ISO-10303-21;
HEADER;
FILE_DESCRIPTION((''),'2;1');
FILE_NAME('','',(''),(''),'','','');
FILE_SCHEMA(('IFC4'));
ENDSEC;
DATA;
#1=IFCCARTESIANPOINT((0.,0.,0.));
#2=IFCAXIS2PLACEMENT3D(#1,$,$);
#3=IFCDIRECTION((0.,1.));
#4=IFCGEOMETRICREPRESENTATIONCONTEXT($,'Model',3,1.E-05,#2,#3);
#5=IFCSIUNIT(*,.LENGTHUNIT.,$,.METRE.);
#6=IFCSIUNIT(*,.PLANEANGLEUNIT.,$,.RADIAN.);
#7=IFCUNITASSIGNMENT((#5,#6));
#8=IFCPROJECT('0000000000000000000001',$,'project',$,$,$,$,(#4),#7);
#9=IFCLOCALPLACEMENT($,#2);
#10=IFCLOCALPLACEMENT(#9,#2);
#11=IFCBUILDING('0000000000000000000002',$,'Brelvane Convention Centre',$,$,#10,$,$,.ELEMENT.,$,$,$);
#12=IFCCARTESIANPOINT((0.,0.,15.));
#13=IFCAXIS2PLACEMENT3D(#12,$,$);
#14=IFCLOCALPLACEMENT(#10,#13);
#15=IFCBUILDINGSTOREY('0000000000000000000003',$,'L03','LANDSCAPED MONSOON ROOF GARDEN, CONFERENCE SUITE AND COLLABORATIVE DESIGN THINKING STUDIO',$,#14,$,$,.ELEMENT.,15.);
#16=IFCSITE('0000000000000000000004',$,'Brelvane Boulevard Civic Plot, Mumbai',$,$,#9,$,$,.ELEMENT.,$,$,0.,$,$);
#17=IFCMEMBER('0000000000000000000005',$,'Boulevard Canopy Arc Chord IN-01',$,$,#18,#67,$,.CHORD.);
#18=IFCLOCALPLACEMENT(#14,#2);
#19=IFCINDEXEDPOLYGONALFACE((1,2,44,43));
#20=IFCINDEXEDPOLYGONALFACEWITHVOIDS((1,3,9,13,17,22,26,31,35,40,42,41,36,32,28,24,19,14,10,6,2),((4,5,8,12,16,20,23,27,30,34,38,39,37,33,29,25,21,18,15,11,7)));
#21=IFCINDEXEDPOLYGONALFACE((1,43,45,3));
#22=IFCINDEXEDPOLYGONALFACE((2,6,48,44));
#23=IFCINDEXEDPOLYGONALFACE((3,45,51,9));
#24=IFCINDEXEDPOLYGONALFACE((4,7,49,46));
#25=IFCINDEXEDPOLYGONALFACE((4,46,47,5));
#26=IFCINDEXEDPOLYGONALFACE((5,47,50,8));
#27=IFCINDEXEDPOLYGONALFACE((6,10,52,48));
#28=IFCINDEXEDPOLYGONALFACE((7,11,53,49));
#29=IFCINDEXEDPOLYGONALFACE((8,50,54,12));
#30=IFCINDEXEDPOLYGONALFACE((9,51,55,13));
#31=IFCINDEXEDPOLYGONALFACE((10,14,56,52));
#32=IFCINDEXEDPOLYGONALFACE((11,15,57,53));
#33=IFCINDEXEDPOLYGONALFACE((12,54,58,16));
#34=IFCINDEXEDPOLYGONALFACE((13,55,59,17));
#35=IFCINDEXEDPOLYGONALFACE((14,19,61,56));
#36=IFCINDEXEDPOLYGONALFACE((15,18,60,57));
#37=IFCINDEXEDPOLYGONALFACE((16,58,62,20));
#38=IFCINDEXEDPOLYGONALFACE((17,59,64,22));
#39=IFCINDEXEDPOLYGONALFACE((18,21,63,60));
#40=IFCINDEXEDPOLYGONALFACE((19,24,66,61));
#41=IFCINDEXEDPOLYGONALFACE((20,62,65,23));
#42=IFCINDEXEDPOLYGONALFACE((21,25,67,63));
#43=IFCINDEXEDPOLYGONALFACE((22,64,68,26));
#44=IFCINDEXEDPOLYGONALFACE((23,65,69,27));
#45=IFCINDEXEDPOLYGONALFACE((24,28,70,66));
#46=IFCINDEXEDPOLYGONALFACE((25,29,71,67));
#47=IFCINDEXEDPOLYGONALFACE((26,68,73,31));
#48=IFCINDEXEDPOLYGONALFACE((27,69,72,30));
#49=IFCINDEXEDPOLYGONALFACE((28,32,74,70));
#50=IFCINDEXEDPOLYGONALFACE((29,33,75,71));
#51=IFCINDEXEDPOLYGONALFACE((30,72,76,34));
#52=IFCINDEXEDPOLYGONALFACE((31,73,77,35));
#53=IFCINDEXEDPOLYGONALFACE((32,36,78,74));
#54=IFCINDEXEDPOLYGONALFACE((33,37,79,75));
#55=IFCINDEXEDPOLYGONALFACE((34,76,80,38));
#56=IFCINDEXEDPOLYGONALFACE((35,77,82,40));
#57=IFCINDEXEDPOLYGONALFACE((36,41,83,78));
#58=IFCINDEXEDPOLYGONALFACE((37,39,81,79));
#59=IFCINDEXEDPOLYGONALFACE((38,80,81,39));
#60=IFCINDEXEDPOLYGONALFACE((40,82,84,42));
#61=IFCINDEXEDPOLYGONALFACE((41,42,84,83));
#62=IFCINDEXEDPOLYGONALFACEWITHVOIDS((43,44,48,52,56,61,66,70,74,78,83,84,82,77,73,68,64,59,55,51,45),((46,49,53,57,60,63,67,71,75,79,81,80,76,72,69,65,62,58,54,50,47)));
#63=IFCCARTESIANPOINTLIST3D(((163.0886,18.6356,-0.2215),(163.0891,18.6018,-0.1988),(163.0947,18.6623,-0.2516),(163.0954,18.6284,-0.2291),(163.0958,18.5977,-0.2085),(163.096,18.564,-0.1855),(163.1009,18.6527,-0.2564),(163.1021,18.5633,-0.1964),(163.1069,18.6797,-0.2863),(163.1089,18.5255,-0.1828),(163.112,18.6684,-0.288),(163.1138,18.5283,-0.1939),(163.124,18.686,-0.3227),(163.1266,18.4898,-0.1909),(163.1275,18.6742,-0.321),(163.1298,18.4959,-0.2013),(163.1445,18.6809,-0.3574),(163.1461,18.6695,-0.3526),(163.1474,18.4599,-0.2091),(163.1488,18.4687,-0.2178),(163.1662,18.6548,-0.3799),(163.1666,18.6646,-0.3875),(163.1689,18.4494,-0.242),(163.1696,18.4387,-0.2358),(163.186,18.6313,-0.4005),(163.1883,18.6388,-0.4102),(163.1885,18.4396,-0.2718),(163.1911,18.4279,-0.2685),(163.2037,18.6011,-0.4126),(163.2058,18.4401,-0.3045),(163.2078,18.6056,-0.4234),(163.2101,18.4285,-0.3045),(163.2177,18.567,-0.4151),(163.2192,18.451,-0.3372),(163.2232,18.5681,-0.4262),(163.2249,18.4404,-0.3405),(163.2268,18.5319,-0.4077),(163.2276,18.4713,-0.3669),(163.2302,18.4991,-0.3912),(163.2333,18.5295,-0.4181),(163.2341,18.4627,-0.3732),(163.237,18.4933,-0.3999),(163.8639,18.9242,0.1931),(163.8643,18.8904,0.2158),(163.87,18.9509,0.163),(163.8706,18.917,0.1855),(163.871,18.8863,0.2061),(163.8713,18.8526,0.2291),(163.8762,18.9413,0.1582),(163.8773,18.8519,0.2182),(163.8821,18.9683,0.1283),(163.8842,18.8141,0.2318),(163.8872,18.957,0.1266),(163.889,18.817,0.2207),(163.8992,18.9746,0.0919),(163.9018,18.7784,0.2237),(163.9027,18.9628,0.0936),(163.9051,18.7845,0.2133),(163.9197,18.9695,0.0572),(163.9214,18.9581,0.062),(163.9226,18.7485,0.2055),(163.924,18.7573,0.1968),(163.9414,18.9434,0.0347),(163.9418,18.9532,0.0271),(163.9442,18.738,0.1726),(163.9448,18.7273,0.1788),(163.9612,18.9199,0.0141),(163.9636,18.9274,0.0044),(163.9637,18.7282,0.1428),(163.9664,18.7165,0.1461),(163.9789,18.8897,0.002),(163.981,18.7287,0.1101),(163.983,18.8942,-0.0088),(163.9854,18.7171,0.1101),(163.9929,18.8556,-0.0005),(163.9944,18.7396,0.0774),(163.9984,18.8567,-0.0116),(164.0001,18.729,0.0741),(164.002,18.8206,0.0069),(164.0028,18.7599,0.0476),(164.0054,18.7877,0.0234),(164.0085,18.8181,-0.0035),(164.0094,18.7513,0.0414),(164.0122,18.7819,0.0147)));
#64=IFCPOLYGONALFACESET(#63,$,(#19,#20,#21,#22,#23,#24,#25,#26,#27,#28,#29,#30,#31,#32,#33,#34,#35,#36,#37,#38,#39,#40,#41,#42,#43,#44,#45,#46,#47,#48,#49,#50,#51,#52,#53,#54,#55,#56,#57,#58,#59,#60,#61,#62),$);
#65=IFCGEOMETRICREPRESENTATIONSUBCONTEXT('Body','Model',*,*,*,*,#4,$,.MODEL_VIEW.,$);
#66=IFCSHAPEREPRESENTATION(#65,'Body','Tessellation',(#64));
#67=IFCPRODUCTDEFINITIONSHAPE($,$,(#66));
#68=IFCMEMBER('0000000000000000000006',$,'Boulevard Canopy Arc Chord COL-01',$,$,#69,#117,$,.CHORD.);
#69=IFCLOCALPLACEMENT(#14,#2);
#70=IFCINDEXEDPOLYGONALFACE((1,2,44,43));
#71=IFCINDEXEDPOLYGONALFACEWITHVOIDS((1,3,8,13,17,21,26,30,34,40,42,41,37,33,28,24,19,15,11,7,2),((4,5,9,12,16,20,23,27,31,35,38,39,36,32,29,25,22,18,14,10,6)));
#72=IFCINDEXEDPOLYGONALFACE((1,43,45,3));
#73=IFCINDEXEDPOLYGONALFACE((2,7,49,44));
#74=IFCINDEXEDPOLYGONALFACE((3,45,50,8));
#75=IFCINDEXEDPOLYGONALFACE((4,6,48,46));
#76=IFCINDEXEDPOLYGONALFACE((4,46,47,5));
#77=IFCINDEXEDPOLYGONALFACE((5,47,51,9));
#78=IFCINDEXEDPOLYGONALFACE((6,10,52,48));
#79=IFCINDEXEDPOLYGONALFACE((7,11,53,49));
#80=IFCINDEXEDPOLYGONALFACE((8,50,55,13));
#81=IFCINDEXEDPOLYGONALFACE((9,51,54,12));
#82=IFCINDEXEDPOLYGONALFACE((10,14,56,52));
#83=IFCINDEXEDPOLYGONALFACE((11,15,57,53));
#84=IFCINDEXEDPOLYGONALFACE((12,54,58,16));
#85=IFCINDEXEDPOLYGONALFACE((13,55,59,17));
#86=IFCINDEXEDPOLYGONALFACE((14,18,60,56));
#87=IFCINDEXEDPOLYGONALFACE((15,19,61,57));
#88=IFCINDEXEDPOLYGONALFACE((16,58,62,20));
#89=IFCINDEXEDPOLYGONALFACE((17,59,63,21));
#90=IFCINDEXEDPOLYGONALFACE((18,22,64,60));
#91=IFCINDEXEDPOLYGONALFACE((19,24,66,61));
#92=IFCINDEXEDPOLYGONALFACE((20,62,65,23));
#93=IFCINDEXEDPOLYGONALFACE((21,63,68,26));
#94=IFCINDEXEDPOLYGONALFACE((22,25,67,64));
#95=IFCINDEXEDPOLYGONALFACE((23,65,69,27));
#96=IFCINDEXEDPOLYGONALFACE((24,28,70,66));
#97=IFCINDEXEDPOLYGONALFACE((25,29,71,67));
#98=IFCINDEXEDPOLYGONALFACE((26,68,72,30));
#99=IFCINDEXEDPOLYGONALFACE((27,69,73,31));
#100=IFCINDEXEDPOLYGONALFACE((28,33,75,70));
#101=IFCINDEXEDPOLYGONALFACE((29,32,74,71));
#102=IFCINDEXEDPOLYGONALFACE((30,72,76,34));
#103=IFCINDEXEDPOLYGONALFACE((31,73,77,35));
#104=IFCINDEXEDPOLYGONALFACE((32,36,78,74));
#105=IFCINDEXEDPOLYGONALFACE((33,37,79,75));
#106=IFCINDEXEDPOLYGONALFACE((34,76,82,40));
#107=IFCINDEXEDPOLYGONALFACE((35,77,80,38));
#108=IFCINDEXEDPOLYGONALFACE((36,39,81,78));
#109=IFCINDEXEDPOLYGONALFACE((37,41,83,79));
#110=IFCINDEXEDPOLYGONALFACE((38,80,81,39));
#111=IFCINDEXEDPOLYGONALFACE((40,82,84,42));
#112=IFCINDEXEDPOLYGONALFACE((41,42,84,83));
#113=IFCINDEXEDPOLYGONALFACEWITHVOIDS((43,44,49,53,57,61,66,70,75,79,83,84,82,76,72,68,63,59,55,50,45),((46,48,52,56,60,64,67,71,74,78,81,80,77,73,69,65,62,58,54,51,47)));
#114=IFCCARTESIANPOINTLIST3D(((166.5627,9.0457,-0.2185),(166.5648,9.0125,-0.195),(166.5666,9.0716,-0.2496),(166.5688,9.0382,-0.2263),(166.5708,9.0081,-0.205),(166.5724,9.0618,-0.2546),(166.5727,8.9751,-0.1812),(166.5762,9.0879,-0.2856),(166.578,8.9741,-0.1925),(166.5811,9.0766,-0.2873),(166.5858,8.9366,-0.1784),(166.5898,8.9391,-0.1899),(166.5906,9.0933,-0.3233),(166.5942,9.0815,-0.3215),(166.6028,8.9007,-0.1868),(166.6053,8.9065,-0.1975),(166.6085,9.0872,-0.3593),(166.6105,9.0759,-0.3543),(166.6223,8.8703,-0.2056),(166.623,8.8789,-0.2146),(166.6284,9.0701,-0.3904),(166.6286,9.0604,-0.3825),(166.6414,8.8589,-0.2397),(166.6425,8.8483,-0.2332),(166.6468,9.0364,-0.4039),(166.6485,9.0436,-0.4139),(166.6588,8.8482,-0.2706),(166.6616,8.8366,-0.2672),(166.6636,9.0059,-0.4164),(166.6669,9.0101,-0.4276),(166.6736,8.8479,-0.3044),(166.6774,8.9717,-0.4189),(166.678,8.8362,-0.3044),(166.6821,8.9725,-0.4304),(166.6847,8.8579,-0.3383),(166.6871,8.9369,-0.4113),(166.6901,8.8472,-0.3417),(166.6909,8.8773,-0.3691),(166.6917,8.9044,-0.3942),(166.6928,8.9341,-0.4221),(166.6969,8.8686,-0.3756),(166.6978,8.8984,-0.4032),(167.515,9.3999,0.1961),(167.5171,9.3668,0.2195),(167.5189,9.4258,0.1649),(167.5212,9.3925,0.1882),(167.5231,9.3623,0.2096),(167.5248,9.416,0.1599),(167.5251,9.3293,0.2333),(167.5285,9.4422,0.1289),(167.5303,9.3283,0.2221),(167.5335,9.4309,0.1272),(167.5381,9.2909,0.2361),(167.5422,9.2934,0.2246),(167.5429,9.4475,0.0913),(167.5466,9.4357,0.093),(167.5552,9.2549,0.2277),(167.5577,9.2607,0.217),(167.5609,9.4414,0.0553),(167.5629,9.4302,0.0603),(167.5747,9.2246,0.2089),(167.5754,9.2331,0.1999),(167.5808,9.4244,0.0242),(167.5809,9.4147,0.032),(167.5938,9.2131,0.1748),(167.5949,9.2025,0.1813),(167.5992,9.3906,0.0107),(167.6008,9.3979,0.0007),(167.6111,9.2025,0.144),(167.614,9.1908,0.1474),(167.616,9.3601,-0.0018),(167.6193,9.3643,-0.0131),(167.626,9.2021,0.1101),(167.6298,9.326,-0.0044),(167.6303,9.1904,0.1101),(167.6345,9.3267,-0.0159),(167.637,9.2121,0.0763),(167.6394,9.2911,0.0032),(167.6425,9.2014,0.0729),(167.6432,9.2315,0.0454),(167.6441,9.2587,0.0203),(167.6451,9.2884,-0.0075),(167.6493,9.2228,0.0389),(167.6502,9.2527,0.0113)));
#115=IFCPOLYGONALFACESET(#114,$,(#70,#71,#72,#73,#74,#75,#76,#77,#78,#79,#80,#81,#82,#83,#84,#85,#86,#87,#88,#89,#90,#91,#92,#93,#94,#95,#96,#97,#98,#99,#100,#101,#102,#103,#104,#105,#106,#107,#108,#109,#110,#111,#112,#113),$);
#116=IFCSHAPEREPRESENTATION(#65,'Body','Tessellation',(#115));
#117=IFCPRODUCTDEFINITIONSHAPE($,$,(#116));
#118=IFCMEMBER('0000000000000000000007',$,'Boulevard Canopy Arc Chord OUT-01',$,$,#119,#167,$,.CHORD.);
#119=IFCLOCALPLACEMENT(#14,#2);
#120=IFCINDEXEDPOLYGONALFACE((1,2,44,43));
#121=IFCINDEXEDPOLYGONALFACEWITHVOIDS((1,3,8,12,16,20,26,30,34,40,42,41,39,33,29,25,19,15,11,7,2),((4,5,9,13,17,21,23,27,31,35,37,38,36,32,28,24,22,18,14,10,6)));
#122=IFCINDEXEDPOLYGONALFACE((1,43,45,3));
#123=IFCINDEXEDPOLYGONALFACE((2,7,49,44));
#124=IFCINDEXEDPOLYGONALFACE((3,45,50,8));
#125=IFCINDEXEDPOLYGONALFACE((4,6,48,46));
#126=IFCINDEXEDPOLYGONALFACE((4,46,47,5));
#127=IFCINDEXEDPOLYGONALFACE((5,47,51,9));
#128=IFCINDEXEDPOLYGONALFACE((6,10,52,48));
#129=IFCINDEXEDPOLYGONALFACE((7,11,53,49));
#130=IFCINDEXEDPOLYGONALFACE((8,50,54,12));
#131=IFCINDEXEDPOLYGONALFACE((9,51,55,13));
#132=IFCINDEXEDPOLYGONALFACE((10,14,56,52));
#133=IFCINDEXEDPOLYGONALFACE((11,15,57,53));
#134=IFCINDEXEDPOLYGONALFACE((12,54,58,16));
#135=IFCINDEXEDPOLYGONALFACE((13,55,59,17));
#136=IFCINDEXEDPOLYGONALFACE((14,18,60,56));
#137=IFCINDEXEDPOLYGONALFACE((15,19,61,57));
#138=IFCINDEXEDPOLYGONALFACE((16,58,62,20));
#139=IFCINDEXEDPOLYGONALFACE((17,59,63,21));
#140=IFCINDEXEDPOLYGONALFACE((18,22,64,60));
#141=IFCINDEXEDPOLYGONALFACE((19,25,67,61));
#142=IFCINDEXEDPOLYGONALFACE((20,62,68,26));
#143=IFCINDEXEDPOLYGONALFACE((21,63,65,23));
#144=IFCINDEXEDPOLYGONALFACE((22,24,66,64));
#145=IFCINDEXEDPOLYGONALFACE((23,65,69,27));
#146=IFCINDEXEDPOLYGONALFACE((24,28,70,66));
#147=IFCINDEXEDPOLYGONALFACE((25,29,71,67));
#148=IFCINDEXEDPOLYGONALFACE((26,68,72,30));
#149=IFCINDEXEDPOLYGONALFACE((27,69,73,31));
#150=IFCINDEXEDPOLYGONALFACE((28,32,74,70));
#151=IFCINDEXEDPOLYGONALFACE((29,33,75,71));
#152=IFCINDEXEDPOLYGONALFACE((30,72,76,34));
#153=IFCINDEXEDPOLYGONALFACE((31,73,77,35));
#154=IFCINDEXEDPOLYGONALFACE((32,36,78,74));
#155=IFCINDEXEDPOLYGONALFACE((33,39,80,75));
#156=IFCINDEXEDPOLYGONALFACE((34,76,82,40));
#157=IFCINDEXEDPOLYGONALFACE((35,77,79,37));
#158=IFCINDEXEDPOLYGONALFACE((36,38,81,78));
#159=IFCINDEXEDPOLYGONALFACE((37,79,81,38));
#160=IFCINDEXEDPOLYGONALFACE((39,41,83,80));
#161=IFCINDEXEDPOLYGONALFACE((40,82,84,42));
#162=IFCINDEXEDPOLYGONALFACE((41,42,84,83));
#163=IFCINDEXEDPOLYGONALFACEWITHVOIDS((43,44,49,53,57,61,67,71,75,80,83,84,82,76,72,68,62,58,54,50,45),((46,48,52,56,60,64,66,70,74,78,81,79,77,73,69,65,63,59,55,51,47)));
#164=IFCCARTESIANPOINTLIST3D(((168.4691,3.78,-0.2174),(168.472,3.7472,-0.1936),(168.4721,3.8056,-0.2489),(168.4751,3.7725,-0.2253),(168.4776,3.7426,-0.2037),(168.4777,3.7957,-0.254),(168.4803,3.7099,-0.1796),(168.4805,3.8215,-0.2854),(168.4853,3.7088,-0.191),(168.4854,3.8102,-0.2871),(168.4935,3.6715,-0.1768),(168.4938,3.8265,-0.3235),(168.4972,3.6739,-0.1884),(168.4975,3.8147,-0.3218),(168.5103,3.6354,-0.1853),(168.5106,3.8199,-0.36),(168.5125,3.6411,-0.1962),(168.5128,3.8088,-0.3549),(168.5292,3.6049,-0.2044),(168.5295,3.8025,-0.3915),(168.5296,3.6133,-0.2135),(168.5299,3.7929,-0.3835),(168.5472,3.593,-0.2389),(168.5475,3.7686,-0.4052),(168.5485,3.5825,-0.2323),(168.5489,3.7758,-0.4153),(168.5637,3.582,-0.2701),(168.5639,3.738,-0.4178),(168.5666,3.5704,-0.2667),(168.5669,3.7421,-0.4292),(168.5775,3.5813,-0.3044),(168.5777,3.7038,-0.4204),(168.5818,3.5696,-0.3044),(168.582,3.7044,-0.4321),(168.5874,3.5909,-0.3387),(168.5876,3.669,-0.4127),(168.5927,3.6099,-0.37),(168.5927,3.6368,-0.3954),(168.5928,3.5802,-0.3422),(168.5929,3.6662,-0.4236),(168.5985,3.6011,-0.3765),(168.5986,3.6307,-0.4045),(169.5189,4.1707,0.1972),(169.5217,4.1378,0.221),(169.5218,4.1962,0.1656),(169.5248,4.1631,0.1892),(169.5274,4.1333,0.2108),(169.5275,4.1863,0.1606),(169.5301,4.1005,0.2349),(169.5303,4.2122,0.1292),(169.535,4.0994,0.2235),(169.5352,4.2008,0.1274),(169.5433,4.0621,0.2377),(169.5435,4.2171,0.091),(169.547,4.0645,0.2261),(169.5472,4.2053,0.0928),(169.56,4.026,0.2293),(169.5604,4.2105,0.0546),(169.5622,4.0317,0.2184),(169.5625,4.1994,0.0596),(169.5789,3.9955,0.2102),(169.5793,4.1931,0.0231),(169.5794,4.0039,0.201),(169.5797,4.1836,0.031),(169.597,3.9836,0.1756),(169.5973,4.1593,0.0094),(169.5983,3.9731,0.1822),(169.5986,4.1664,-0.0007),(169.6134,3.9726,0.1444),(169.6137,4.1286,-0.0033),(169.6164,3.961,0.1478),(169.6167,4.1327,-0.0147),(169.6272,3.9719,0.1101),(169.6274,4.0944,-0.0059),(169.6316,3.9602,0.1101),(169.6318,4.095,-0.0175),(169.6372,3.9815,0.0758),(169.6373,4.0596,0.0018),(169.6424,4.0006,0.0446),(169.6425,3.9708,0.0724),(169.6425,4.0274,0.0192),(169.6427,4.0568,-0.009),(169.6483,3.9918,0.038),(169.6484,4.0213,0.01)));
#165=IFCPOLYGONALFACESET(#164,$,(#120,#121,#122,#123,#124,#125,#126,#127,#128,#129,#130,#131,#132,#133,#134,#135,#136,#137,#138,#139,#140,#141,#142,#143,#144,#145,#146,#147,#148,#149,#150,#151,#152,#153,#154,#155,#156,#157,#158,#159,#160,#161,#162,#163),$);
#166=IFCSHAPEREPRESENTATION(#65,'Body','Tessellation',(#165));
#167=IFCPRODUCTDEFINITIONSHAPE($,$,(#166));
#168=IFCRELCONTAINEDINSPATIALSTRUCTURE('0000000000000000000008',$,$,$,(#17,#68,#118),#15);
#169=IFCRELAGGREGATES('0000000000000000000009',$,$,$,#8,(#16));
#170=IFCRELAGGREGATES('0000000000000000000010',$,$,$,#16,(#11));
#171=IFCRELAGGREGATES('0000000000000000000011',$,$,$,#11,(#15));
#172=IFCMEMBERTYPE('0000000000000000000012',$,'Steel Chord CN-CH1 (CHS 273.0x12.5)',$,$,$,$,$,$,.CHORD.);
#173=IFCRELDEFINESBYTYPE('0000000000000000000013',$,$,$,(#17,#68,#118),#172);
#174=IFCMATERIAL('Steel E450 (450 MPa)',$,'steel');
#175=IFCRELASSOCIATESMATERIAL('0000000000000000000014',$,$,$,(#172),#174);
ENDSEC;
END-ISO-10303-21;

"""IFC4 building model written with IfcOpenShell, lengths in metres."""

from ifc_helpers import new_model, si_unit, direction, frame, origin, origin_2d, place, context, subcontext, project, spatial, hollow_circle, extrude, material, material_profile, profile_set, type_object, element, save


model = new_model("IFC4")

# Units and contexts
model_context = context("Model", 3, precision=1e-05, world=origin(), true_north=direction((0.0, 1.0)))
body_context = subcontext(model_context, "Body", "Model", "MODEL_VIEW")
ifc_project = project(units=[si_unit("LENGTHUNIT", "METRE"), si_unit("PLANEANGLEUNIT", "RADIAN")], contexts=[model_context])

# Site, building, storey
site_placement = place(None, origin())
site = spatial("IfcSite", under=ifc_project, at=site_placement, Name="Brelvane Boulevard Civic Plot, Mumbai", CompositionType="ELEMENT", RefElevation=0.0)
building_placement = place(site_placement, origin())
building = spatial("IfcBuilding", under=site, at=building_placement, Name="Brelvane Convention Centre", CompositionType="ELEMENT")
storey_placement = place(building_placement, frame((0.0, 0.0, 15.0)))
storey = spatial("IfcBuildingStorey", under=building, at=storey_placement, Name="L03", Description="LANDSCAPED MONSOON ROOF GARDEN, CONFERENCE SUITE AND COLLABORATIVE DESIGN THINKING STUDIO", CompositionType="ELEMENT", Elevation=15.0)

# Members
ifc_material_1 = material(Name="Steel E450 (450 MPa)", Category="steel")
ifc_material_profile_1 = material_profile(ifc_material_1, hollow_circle(Radius=0.1365, WallThickness=0.0125, at=origin_2d()), Name="CHS 273.0x12.5")
ifc_profile_set_1 = profile_set([ifc_material_profile_1], Name="Steel E450 (450 MPa)")
member_type_1 = type_object("IfcMemberType", Name="Steel Chord CN-CH1 (CHS 273.0x12.5)", PredefinedType="CHORD", material=ifc_profile_set_1)
member_1_placement = place(storey_placement, frame((163.9377, 18.845, 0.1101), z_axis=(-0.837823, -0.311908, -0.44807), x_axis=(0.34889, -0.937164, 0.0)))
element("IfcMember", 1, at=member_1_placement, inside=storey, type_object=member_type_1, Name="Boulevard Canopy Arc Chord IN-01", PredefinedType="CHORD", context=body_context, shape_type="SweptSolid", body=[
    extrude(hollow_circle(Radius=0.1365, WallThickness=0.0125, at=origin_2d()), origin(), (0.0, 0.0, 1.0), 0.9253),
])
member_2_placement = place(storey_placement, frame((167.5828, 9.3184, 0.1101), z_axis=(-0.867824, -0.322792, -0.37774), x_axis=(0.348621, -0.937264, 0.0)))
element("IfcMember", 2, at=member_2_placement, inside=storey, type_object=member_type_1, Name="Boulevard Canopy Arc Chord COL-01", PredefinedType="CHORD", context=body_context, shape_type="SweptSolid", body=[
    extrude(hollow_circle(Radius=0.1365, WallThickness=0.0125, at=origin_2d()), origin(), (0.0, 0.0, 1.0), 1.0974),
])
member_3_placement = place(storey_placement, frame((169.584, 4.0881, 0.1101), z_axis=(-0.878958, -0.327054, -0.347086), x_axis=(0.348734, -0.937222, 0.0)))
element("IfcMember", 3, at=member_3_placement, inside=storey, type_object=member_type_1, Name="Boulevard Canopy Arc Chord OUT-01", PredefinedType="CHORD", context=body_context, shape_type="SweptSolid", body=[
    extrude(hollow_circle(Radius=0.1365, WallThickness=0.0125, at=origin_2d()), origin(), (0.0, 0.0, 1.0), 1.1943),
])

save(model, "model.ifc")
